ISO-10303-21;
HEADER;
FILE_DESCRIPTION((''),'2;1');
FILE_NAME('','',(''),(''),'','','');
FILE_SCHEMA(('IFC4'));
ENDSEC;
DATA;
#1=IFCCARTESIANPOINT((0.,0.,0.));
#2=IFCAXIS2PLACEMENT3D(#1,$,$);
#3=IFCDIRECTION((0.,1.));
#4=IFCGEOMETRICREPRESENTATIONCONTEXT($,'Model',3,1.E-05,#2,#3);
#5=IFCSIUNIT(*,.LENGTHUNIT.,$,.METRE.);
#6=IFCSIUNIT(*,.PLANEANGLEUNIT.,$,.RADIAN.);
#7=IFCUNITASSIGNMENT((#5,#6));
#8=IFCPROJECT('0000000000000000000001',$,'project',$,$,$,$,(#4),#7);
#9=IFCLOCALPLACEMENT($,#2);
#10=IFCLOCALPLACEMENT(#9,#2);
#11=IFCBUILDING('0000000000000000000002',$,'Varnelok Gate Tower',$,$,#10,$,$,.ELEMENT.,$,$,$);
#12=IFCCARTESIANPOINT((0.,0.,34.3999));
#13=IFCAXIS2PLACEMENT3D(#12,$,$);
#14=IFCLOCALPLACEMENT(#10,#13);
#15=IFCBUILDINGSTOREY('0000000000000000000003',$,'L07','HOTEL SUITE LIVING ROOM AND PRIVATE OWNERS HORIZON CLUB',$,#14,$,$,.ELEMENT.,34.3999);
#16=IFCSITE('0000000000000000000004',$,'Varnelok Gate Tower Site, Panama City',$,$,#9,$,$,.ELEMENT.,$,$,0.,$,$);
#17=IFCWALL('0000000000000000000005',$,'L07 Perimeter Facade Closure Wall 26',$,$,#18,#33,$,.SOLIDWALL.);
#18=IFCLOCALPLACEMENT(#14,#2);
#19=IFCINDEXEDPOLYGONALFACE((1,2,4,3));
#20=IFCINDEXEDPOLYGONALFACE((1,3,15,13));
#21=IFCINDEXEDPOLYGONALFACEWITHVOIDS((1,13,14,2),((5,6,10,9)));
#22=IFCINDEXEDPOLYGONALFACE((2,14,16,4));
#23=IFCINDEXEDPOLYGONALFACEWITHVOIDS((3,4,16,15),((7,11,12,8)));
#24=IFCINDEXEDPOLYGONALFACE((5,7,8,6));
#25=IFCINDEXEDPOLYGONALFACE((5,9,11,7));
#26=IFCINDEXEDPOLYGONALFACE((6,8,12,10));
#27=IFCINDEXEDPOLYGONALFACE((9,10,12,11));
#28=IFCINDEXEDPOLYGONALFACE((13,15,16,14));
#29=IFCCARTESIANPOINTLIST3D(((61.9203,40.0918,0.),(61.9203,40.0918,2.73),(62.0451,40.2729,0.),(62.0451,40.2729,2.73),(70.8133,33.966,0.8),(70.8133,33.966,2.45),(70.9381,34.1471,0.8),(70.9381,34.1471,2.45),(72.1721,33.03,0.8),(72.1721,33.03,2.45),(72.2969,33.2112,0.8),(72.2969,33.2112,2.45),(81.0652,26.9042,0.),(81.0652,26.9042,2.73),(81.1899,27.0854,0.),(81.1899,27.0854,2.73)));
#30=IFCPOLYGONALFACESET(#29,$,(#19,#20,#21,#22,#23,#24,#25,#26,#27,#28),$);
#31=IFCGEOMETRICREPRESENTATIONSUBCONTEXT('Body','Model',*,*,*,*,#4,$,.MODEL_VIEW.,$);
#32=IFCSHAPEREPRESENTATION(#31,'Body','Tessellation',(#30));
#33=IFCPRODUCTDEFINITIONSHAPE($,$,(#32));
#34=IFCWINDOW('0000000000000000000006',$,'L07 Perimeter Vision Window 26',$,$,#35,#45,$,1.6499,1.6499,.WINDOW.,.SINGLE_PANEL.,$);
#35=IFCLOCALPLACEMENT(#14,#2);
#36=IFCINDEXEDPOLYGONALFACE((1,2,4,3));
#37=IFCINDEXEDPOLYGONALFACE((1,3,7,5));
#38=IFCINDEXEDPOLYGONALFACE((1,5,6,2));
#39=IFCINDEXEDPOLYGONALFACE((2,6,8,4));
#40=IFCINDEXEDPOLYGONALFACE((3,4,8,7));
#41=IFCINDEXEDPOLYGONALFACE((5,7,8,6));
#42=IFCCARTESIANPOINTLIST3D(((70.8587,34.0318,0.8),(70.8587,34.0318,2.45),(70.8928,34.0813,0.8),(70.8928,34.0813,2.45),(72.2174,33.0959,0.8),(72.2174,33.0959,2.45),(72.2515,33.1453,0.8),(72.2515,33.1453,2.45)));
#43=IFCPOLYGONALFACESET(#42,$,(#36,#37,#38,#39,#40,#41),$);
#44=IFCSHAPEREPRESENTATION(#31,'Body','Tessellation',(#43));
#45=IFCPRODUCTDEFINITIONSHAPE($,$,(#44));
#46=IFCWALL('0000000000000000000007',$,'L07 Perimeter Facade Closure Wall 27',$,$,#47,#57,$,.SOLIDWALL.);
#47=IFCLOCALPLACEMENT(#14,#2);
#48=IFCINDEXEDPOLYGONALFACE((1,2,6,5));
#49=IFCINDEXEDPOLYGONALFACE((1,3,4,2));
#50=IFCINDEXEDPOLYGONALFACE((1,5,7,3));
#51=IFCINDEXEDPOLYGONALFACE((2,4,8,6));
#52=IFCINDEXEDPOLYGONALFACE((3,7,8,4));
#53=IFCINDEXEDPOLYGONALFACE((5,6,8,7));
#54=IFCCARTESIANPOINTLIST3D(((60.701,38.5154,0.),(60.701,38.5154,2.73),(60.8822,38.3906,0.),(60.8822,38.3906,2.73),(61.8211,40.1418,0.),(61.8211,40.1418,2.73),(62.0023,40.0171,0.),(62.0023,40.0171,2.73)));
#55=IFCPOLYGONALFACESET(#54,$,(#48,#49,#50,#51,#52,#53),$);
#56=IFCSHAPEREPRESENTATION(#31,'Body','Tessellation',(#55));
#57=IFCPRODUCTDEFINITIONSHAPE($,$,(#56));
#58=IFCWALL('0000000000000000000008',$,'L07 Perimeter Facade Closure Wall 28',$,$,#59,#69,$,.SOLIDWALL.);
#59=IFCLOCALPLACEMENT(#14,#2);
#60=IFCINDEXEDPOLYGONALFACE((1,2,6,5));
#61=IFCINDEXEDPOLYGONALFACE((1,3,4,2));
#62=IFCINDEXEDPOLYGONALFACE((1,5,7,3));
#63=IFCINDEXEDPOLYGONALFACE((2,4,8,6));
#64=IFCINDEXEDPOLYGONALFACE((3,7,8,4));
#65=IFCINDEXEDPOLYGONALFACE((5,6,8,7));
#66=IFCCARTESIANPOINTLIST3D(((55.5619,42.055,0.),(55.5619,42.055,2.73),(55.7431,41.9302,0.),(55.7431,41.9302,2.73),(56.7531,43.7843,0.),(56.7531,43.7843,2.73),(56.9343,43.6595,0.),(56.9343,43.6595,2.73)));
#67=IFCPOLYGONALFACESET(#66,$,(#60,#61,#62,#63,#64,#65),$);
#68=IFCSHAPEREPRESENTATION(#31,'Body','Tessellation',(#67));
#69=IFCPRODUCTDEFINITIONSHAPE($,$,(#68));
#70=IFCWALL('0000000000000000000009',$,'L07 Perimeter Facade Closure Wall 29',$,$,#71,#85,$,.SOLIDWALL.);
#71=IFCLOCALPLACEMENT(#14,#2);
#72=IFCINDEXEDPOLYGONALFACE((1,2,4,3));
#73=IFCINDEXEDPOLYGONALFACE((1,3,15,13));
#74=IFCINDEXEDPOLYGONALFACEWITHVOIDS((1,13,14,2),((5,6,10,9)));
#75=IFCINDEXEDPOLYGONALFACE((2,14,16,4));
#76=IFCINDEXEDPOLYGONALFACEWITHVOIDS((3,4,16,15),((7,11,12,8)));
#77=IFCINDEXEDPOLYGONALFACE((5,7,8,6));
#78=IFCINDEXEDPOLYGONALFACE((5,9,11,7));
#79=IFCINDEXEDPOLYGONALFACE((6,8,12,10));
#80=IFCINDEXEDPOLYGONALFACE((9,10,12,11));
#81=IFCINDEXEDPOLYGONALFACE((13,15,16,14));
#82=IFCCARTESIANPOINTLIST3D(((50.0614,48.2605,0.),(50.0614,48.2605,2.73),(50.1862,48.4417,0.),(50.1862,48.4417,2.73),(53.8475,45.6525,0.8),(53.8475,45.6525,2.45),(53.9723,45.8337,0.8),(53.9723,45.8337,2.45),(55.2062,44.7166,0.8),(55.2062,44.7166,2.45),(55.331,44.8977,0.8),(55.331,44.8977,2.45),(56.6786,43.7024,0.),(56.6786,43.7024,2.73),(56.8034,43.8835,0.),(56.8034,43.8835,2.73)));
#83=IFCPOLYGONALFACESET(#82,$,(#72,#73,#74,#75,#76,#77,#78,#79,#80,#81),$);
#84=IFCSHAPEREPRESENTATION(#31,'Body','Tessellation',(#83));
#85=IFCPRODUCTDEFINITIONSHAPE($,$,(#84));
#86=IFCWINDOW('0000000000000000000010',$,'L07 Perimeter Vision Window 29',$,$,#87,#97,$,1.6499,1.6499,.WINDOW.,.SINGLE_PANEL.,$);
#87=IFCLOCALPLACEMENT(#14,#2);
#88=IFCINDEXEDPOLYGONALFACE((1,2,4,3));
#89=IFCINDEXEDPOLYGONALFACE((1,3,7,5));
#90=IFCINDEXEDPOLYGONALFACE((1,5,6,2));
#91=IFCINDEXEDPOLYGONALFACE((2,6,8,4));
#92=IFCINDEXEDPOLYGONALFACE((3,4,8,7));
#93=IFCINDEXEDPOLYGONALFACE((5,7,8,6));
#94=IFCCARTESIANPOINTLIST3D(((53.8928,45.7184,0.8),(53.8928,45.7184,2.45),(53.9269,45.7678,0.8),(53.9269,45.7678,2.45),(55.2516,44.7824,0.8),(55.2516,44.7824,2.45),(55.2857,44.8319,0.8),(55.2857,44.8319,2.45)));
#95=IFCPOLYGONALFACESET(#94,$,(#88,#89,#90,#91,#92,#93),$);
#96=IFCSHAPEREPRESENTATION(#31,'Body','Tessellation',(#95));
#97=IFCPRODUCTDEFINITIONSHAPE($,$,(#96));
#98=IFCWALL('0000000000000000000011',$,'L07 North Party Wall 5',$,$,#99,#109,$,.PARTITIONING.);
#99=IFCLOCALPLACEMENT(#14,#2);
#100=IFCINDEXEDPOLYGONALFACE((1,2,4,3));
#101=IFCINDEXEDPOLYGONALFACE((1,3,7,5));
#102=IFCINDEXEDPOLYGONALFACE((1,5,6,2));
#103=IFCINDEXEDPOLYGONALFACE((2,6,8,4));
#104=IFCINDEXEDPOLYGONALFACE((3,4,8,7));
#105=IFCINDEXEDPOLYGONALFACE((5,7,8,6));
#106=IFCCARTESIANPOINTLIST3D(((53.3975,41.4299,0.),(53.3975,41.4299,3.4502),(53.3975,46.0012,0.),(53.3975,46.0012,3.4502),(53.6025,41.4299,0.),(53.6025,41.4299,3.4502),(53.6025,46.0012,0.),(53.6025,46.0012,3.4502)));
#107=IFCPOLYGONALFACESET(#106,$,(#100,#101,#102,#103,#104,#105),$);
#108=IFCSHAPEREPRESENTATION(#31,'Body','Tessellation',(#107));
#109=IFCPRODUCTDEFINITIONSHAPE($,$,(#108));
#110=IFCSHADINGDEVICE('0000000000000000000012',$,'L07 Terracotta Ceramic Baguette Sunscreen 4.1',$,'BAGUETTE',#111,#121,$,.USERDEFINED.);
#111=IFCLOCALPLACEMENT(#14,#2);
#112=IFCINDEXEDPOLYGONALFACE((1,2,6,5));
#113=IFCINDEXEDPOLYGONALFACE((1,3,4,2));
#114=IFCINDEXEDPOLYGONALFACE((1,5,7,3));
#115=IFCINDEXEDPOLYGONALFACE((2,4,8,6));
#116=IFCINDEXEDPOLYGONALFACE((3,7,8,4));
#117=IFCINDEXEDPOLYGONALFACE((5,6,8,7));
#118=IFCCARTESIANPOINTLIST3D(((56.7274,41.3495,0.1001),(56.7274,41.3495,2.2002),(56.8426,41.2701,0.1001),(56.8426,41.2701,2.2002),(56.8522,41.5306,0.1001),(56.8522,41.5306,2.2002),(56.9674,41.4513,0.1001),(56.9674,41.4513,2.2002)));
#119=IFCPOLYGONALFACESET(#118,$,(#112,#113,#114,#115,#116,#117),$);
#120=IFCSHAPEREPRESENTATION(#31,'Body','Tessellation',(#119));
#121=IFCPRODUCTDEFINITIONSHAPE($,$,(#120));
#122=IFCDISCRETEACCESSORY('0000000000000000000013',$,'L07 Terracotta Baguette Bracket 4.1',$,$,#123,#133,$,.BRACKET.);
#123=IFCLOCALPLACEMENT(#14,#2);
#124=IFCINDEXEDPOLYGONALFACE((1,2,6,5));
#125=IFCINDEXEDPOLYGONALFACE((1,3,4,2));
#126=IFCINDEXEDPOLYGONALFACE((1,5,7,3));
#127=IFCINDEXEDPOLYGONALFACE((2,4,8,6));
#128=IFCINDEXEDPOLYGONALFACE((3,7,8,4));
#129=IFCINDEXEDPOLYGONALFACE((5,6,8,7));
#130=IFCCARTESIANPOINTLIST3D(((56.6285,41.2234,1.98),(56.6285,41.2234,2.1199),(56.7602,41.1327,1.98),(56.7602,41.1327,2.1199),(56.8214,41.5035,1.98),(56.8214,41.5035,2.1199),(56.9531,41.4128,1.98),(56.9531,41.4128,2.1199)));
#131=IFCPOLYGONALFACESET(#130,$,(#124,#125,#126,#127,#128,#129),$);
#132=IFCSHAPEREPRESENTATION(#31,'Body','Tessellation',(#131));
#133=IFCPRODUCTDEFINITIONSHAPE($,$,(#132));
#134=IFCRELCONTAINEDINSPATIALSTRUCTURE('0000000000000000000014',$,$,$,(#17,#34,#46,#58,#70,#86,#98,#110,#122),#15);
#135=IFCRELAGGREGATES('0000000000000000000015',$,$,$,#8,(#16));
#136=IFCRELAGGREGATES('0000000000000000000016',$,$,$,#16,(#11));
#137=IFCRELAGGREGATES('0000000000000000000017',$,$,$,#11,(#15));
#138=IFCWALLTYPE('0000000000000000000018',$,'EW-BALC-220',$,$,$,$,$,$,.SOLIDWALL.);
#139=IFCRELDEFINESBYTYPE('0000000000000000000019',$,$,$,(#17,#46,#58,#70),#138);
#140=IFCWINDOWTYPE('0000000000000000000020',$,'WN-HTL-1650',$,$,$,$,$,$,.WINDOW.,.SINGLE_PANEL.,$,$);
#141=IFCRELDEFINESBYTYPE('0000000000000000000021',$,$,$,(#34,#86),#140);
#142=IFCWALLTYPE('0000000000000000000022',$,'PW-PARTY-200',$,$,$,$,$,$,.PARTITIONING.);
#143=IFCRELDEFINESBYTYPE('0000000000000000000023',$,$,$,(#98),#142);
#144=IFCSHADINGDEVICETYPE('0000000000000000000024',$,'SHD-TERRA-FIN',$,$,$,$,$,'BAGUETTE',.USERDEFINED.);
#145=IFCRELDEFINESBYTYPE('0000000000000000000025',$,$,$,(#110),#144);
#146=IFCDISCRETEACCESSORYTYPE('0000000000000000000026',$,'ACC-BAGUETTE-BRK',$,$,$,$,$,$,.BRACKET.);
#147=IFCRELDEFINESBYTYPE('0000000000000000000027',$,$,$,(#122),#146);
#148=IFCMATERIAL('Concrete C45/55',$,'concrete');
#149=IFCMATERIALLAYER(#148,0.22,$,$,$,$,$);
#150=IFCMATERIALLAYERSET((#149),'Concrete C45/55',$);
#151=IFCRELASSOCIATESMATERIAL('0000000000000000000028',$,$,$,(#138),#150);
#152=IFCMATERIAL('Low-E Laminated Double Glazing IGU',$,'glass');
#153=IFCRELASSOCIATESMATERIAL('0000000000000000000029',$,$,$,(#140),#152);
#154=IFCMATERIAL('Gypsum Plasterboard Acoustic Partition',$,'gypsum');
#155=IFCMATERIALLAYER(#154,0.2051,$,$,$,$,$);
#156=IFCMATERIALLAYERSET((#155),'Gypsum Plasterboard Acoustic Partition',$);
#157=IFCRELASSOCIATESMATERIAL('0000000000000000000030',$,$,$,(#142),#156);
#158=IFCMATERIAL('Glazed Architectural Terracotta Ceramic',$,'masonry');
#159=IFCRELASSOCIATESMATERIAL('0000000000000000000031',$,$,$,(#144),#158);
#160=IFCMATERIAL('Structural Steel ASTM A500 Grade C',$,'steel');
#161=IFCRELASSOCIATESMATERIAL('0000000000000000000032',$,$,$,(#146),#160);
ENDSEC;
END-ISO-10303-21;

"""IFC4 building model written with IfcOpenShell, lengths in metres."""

from ifc_helpers import new_model, si_unit, direction, frame, frame_2d, origin, origin_2d, place, context, subcontext, project, spatial, rectangle, extrude, source, transform, mapped, material, layer, layer_set, type_object, element, fill, save


model = new_model("IFC4")

# Units and contexts
model_context = context("Model", 3, precision=1e-05, world=origin(), true_north=direction((0.0, 1.0)))
body_context = subcontext(model_context, "Body", "Model", "MODEL_VIEW")
ifc_project = project(units=[si_unit("LENGTHUNIT", "METRE"), si_unit("PLANEANGLEUNIT", "RADIAN")], contexts=[model_context])

# Site, building, storey
site_placement = place(None, origin())
site = spatial("IfcSite", under=ifc_project, at=site_placement, Name="Varnelok Gate Tower Site, Panama City", CompositionType="ELEMENT", RefElevation=0.0)
building_placement = place(site_placement, origin())
building = spatial("IfcBuilding", under=site, at=building_placement, Name="Varnelok Gate Tower", CompositionType="ELEMENT")
storey_placement = place(building_placement, frame((0.0, 0.0, 34.3999)))
storey = spatial("IfcBuildingStorey", under=building, at=storey_placement, Name="L07", Description="HOTEL SUITE LIVING ROOM AND PRIVATE OWNERS HORIZON CLUB", CompositionType="ELEMENT", Elevation=34.3999)

# Shared definitions
ifc_material_1 = material(Name="Concrete C45/55", Category="concrete")
ifc_layer_1 = layer(ifc_material_1, 0.22)
ifc_layer_set_1 = layer_set([ifc_layer_1], Name="Concrete C45/55")
wall_type_1 = type_object("IfcWallType", Name="EW-BALC-220", PredefinedType="SOLIDWALL", material=ifc_layer_set_1)

# Wall, opening, window
wall_1_placement = place(storey_placement, frame((81.1274, 26.9949, 0.0), z_axis=(0.0, 0.0, 1.0), x_axis=(-0.82353, 0.567272, 0.0)))
wall_1 = element("IfcWall", 1, at=wall_1_placement, inside=storey, type_object=wall_type_1, Name="L07 Perimeter Facade Closure Wall 26", PredefinedType="SOLIDWALL", context=body_context, shape_type="SweptSolid", body=[
    extrude(rectangle(XDim=23.2473, YDim=0.22, at=frame_2d((11.6235, 0.0))), origin(), (0.0, 0.0, 1.0), 2.73),
])
opening_1_placement = place(wall_1_placement, frame((10.7986, 0.0, 0.8)))
opening_1 = element("IfcOpeningElement", 2, at=opening_1_placement, cuts=wall_1, PredefinedType="OPENING", context=body_context, shape_type="SweptSolid", body=[
    extrude(rectangle(XDim=1.6499, YDim=1.6499, at=frame_2d((0.825, 0.825))), frame((0.0, 0.1199, 0.0), z_axis=(0.0, -1.0, 0.0), x_axis=(1.0, 0.0, 0.0)), (0.0, 0.0, 1.0), 0.24),
])
ifc_material_2 = material(Name="Low-E Laminated Double Glazing IGU", Category="glass")
window_type = type_object("IfcWindowType", Name="WN-HTL-1650", PartitioningType="SINGLE_PANEL", PredefinedType="WINDOW", material=ifc_material_2)
window_1_placement = place(opening_1_placement, origin())
window_1 = element("IfcWindow", 3, at=window_1_placement, inside=storey, type_object=window_type, Name="L07 Perimeter Vision Window 26", OverallHeight=1.6499, OverallWidth=1.6499, PartitioningType="SINGLE_PANEL", PredefinedType="WINDOW", context=body_context, shape_type="SweptSolid", body=[
    extrude(rectangle(XDim=1.6499, YDim=1.6499, at=frame_2d((0.825, 0.825))), frame((0.0, 0.03, 0.0), z_axis=(0.0, -1.0, 0.0), x_axis=(1.0, 0.0, 0.0)), (0.0, 0.0, 1.0), 0.0601),
])
fill(opening_1, window_1)

# Walls
wall_2_placement = place(storey_placement, frame((61.9116, 40.0793, 0.0), z_axis=(0.0, 0.0, 1.0), x_axis=(-0.56719, -0.823587, 0.0)))
element("IfcWall", 4, at=wall_2_placement, inside=storey, type_object=wall_type_1, Name="L07 Perimeter Facade Closure Wall 27", PredefinedType="SOLIDWALL", context=body_context, shape_type="SweptSolid", body=[
    extrude(rectangle(XDim=1.9749, YDim=0.22, at=frame_2d((0.9873, 0.0))), origin(), (0.0, 0.0, 1.0), 2.73),
])
wall_3_placement = place(storey_placement, frame((55.6526, 41.9927, 0.0), z_axis=(0.0, 0.0, 1.0), x_axis=(0.567274, 0.823529, 0.0)))
element("IfcWall", 5, at=wall_3_placement, inside=storey, type_object=wall_type_1, Name="L07 Perimeter Facade Closure Wall 28", PredefinedType="SOLIDWALL", context=body_context, shape_type="SweptSolid", body=[
    extrude(rectangle(XDim=2.0999, YDim=0.22, at=frame_2d((1.0498, 0.0))), origin(), (0.0, 0.0, 1.0), 2.73),
])

# Wall, opening, window
wall_4_placement = place(storey_placement, frame((56.741, 43.793, 0.0), z_axis=(0.0, 0.0, 1.0), x_axis=(-0.823531, 0.567271, 0.0)))
wall_4 = element("IfcWall", 6, at=wall_4_placement, inside=storey, type_object=wall_type_1, Name="L07 Perimeter Facade Closure Wall 29", PredefinedType="SOLIDWALL", context=body_context, shape_type="SweptSolid", body=[
    extrude(rectangle(XDim=8.0352, YDim=0.22, at=frame_2d((4.0176, 0.0))), origin(), (0.0, 0.0, 1.0), 2.73),
])
opening_2_placement = place(wall_4_placement, frame((1.7878, 0.0, 0.8)))
opening_2 = element("IfcOpeningElement", 7, at=opening_2_placement, cuts=wall_4, PredefinedType="OPENING", context=body_context, shape_type="SweptSolid", body=[
    extrude(rectangle(XDim=1.6499, YDim=1.6499, at=frame_2d((0.825, 0.825))), frame((0.0, 0.1199, 0.0), z_axis=(0.0, -1.0, 0.0), x_axis=(1.0, 0.0, 0.0)), (0.0, 0.0, 1.0), 0.24),
])
window_2_placement = place(opening_2_placement, origin())
window_2 = element("IfcWindow", 8, at=window_2_placement, inside=storey, type_object=window_type, Name="L07 Perimeter Vision Window 29", OverallHeight=1.6499, OverallWidth=1.6499, PartitioningType="SINGLE_PANEL", PredefinedType="WINDOW", context=body_context, shape_type="SweptSolid", body=[
    extrude(rectangle(XDim=1.6499, YDim=1.6499, at=frame_2d((0.825, 0.825))), frame((0.0, 0.03, 0.0), z_axis=(0.0, -1.0, 0.0), x_axis=(1.0, 0.0, 0.0)), (0.0, 0.0, 1.0), 0.0601),
])
fill(opening_2, window_2)

# Wall
ifc_material_3 = material(Name="Gypsum Plasterboard Acoustic Partition", Category="gypsum")
ifc_layer_2 = layer(ifc_material_3, 0.2051)
ifc_layer_set_2 = layer_set([ifc_layer_2], Name="Gypsum Plasterboard Acoustic Partition")
wall_type_2 = type_object("IfcWallType", Name="PW-PARTY-200", PredefinedType="PARTITIONING", material=ifc_layer_set_2)
wall_5_placement = place(storey_placement, frame((53.5, 41.4299, 0.0), z_axis=(0.0, 0.0, 1.0), x_axis=(0.0, 1.0, 0.0)))
element("IfcWall", 9, at=wall_5_placement, inside=storey, type_object=wall_type_2, Name="L07 North Party Wall 5", PredefinedType="PARTITIONING", context=body_context, shape_type="SweptSolid", body=[
    extrude(rectangle(XDim=4.5713, YDim=0.2051, at=frame_2d((2.2856, 0.0))), origin(), (0.0, 0.0, 1.0), 3.4502),
])

# Shading device
ifc_material_4 = material(Name="Glazed Architectural Terracotta Ceramic", Category="masonry")
shading_device_type = type_object("IfcShadingDeviceType", Name="SHD-TERRA-FIN", ElementType="BAGUETTE", PredefinedType="USERDEFINED", material=ifc_material_4)
shared_shape_1 = source(origin(), body_context, "Body", "SweptSolid", [
    extrude(rectangle(XDim=0.1399, YDim=0.22, at=origin_2d()), origin(), (0.0, 0.0, 1.0), 2.1001),
])
shading_device_placement = place(storey_placement, frame((56.8474, 41.4004, 0.1001), z_axis=(0.0, 0.0, 1.0), x_axis=(0.823533, -0.567269, 0.0)))
element("IfcShadingDevice", 10, at=shading_device_placement, inside=storey, type_object=shading_device_type, Name="L07 Terracotta Ceramic Baguette Sunscreen 4.1", ObjectType="BAGUETTE", PredefinedType="USERDEFINED", context=body_context, shape_type="MappedRepresentation", body=[
    mapped(shared_shape_1, transform((0.0, 0.0, 0.0), scale=1.0)),
])

# Discrete accessory
ifc_material_5 = material(Name="Structural Steel ASTM A500 Grade C", Category="steel")
discrete_accessory_type = type_object("IfcDiscreteAccessoryType", Name="ACC-BAGUETTE-BRK", PredefinedType="BRACKET", material=ifc_material_5)
shared_shape_2 = source(origin(), body_context, "Body", "SweptSolid", [
    extrude(rectangle(XDim=0.1599, YDim=0.3401, at=origin_2d()), origin(), (0.0, 0.0, 1.0), 0.1399),
])
discrete_accessory_placement = place(storey_placement, frame((56.7908, 41.3181, 1.98), z_axis=(0.0, 0.0, 1.0), x_axis=(0.823533, -0.567269, 0.0)))
element("IfcDiscreteAccessory", 11, at=discrete_accessory_placement, inside=storey, type_object=discrete_accessory_type, Name="L07 Terracotta Baguette Bracket 4.1", PredefinedType="BRACKET", context=body_context, shape_type="MappedRepresentation", body=[
    mapped(shared_shape_2, transform((0.0, 0.0, 0.0), scale=1.0)),
])

save(model, "model.ifc")
